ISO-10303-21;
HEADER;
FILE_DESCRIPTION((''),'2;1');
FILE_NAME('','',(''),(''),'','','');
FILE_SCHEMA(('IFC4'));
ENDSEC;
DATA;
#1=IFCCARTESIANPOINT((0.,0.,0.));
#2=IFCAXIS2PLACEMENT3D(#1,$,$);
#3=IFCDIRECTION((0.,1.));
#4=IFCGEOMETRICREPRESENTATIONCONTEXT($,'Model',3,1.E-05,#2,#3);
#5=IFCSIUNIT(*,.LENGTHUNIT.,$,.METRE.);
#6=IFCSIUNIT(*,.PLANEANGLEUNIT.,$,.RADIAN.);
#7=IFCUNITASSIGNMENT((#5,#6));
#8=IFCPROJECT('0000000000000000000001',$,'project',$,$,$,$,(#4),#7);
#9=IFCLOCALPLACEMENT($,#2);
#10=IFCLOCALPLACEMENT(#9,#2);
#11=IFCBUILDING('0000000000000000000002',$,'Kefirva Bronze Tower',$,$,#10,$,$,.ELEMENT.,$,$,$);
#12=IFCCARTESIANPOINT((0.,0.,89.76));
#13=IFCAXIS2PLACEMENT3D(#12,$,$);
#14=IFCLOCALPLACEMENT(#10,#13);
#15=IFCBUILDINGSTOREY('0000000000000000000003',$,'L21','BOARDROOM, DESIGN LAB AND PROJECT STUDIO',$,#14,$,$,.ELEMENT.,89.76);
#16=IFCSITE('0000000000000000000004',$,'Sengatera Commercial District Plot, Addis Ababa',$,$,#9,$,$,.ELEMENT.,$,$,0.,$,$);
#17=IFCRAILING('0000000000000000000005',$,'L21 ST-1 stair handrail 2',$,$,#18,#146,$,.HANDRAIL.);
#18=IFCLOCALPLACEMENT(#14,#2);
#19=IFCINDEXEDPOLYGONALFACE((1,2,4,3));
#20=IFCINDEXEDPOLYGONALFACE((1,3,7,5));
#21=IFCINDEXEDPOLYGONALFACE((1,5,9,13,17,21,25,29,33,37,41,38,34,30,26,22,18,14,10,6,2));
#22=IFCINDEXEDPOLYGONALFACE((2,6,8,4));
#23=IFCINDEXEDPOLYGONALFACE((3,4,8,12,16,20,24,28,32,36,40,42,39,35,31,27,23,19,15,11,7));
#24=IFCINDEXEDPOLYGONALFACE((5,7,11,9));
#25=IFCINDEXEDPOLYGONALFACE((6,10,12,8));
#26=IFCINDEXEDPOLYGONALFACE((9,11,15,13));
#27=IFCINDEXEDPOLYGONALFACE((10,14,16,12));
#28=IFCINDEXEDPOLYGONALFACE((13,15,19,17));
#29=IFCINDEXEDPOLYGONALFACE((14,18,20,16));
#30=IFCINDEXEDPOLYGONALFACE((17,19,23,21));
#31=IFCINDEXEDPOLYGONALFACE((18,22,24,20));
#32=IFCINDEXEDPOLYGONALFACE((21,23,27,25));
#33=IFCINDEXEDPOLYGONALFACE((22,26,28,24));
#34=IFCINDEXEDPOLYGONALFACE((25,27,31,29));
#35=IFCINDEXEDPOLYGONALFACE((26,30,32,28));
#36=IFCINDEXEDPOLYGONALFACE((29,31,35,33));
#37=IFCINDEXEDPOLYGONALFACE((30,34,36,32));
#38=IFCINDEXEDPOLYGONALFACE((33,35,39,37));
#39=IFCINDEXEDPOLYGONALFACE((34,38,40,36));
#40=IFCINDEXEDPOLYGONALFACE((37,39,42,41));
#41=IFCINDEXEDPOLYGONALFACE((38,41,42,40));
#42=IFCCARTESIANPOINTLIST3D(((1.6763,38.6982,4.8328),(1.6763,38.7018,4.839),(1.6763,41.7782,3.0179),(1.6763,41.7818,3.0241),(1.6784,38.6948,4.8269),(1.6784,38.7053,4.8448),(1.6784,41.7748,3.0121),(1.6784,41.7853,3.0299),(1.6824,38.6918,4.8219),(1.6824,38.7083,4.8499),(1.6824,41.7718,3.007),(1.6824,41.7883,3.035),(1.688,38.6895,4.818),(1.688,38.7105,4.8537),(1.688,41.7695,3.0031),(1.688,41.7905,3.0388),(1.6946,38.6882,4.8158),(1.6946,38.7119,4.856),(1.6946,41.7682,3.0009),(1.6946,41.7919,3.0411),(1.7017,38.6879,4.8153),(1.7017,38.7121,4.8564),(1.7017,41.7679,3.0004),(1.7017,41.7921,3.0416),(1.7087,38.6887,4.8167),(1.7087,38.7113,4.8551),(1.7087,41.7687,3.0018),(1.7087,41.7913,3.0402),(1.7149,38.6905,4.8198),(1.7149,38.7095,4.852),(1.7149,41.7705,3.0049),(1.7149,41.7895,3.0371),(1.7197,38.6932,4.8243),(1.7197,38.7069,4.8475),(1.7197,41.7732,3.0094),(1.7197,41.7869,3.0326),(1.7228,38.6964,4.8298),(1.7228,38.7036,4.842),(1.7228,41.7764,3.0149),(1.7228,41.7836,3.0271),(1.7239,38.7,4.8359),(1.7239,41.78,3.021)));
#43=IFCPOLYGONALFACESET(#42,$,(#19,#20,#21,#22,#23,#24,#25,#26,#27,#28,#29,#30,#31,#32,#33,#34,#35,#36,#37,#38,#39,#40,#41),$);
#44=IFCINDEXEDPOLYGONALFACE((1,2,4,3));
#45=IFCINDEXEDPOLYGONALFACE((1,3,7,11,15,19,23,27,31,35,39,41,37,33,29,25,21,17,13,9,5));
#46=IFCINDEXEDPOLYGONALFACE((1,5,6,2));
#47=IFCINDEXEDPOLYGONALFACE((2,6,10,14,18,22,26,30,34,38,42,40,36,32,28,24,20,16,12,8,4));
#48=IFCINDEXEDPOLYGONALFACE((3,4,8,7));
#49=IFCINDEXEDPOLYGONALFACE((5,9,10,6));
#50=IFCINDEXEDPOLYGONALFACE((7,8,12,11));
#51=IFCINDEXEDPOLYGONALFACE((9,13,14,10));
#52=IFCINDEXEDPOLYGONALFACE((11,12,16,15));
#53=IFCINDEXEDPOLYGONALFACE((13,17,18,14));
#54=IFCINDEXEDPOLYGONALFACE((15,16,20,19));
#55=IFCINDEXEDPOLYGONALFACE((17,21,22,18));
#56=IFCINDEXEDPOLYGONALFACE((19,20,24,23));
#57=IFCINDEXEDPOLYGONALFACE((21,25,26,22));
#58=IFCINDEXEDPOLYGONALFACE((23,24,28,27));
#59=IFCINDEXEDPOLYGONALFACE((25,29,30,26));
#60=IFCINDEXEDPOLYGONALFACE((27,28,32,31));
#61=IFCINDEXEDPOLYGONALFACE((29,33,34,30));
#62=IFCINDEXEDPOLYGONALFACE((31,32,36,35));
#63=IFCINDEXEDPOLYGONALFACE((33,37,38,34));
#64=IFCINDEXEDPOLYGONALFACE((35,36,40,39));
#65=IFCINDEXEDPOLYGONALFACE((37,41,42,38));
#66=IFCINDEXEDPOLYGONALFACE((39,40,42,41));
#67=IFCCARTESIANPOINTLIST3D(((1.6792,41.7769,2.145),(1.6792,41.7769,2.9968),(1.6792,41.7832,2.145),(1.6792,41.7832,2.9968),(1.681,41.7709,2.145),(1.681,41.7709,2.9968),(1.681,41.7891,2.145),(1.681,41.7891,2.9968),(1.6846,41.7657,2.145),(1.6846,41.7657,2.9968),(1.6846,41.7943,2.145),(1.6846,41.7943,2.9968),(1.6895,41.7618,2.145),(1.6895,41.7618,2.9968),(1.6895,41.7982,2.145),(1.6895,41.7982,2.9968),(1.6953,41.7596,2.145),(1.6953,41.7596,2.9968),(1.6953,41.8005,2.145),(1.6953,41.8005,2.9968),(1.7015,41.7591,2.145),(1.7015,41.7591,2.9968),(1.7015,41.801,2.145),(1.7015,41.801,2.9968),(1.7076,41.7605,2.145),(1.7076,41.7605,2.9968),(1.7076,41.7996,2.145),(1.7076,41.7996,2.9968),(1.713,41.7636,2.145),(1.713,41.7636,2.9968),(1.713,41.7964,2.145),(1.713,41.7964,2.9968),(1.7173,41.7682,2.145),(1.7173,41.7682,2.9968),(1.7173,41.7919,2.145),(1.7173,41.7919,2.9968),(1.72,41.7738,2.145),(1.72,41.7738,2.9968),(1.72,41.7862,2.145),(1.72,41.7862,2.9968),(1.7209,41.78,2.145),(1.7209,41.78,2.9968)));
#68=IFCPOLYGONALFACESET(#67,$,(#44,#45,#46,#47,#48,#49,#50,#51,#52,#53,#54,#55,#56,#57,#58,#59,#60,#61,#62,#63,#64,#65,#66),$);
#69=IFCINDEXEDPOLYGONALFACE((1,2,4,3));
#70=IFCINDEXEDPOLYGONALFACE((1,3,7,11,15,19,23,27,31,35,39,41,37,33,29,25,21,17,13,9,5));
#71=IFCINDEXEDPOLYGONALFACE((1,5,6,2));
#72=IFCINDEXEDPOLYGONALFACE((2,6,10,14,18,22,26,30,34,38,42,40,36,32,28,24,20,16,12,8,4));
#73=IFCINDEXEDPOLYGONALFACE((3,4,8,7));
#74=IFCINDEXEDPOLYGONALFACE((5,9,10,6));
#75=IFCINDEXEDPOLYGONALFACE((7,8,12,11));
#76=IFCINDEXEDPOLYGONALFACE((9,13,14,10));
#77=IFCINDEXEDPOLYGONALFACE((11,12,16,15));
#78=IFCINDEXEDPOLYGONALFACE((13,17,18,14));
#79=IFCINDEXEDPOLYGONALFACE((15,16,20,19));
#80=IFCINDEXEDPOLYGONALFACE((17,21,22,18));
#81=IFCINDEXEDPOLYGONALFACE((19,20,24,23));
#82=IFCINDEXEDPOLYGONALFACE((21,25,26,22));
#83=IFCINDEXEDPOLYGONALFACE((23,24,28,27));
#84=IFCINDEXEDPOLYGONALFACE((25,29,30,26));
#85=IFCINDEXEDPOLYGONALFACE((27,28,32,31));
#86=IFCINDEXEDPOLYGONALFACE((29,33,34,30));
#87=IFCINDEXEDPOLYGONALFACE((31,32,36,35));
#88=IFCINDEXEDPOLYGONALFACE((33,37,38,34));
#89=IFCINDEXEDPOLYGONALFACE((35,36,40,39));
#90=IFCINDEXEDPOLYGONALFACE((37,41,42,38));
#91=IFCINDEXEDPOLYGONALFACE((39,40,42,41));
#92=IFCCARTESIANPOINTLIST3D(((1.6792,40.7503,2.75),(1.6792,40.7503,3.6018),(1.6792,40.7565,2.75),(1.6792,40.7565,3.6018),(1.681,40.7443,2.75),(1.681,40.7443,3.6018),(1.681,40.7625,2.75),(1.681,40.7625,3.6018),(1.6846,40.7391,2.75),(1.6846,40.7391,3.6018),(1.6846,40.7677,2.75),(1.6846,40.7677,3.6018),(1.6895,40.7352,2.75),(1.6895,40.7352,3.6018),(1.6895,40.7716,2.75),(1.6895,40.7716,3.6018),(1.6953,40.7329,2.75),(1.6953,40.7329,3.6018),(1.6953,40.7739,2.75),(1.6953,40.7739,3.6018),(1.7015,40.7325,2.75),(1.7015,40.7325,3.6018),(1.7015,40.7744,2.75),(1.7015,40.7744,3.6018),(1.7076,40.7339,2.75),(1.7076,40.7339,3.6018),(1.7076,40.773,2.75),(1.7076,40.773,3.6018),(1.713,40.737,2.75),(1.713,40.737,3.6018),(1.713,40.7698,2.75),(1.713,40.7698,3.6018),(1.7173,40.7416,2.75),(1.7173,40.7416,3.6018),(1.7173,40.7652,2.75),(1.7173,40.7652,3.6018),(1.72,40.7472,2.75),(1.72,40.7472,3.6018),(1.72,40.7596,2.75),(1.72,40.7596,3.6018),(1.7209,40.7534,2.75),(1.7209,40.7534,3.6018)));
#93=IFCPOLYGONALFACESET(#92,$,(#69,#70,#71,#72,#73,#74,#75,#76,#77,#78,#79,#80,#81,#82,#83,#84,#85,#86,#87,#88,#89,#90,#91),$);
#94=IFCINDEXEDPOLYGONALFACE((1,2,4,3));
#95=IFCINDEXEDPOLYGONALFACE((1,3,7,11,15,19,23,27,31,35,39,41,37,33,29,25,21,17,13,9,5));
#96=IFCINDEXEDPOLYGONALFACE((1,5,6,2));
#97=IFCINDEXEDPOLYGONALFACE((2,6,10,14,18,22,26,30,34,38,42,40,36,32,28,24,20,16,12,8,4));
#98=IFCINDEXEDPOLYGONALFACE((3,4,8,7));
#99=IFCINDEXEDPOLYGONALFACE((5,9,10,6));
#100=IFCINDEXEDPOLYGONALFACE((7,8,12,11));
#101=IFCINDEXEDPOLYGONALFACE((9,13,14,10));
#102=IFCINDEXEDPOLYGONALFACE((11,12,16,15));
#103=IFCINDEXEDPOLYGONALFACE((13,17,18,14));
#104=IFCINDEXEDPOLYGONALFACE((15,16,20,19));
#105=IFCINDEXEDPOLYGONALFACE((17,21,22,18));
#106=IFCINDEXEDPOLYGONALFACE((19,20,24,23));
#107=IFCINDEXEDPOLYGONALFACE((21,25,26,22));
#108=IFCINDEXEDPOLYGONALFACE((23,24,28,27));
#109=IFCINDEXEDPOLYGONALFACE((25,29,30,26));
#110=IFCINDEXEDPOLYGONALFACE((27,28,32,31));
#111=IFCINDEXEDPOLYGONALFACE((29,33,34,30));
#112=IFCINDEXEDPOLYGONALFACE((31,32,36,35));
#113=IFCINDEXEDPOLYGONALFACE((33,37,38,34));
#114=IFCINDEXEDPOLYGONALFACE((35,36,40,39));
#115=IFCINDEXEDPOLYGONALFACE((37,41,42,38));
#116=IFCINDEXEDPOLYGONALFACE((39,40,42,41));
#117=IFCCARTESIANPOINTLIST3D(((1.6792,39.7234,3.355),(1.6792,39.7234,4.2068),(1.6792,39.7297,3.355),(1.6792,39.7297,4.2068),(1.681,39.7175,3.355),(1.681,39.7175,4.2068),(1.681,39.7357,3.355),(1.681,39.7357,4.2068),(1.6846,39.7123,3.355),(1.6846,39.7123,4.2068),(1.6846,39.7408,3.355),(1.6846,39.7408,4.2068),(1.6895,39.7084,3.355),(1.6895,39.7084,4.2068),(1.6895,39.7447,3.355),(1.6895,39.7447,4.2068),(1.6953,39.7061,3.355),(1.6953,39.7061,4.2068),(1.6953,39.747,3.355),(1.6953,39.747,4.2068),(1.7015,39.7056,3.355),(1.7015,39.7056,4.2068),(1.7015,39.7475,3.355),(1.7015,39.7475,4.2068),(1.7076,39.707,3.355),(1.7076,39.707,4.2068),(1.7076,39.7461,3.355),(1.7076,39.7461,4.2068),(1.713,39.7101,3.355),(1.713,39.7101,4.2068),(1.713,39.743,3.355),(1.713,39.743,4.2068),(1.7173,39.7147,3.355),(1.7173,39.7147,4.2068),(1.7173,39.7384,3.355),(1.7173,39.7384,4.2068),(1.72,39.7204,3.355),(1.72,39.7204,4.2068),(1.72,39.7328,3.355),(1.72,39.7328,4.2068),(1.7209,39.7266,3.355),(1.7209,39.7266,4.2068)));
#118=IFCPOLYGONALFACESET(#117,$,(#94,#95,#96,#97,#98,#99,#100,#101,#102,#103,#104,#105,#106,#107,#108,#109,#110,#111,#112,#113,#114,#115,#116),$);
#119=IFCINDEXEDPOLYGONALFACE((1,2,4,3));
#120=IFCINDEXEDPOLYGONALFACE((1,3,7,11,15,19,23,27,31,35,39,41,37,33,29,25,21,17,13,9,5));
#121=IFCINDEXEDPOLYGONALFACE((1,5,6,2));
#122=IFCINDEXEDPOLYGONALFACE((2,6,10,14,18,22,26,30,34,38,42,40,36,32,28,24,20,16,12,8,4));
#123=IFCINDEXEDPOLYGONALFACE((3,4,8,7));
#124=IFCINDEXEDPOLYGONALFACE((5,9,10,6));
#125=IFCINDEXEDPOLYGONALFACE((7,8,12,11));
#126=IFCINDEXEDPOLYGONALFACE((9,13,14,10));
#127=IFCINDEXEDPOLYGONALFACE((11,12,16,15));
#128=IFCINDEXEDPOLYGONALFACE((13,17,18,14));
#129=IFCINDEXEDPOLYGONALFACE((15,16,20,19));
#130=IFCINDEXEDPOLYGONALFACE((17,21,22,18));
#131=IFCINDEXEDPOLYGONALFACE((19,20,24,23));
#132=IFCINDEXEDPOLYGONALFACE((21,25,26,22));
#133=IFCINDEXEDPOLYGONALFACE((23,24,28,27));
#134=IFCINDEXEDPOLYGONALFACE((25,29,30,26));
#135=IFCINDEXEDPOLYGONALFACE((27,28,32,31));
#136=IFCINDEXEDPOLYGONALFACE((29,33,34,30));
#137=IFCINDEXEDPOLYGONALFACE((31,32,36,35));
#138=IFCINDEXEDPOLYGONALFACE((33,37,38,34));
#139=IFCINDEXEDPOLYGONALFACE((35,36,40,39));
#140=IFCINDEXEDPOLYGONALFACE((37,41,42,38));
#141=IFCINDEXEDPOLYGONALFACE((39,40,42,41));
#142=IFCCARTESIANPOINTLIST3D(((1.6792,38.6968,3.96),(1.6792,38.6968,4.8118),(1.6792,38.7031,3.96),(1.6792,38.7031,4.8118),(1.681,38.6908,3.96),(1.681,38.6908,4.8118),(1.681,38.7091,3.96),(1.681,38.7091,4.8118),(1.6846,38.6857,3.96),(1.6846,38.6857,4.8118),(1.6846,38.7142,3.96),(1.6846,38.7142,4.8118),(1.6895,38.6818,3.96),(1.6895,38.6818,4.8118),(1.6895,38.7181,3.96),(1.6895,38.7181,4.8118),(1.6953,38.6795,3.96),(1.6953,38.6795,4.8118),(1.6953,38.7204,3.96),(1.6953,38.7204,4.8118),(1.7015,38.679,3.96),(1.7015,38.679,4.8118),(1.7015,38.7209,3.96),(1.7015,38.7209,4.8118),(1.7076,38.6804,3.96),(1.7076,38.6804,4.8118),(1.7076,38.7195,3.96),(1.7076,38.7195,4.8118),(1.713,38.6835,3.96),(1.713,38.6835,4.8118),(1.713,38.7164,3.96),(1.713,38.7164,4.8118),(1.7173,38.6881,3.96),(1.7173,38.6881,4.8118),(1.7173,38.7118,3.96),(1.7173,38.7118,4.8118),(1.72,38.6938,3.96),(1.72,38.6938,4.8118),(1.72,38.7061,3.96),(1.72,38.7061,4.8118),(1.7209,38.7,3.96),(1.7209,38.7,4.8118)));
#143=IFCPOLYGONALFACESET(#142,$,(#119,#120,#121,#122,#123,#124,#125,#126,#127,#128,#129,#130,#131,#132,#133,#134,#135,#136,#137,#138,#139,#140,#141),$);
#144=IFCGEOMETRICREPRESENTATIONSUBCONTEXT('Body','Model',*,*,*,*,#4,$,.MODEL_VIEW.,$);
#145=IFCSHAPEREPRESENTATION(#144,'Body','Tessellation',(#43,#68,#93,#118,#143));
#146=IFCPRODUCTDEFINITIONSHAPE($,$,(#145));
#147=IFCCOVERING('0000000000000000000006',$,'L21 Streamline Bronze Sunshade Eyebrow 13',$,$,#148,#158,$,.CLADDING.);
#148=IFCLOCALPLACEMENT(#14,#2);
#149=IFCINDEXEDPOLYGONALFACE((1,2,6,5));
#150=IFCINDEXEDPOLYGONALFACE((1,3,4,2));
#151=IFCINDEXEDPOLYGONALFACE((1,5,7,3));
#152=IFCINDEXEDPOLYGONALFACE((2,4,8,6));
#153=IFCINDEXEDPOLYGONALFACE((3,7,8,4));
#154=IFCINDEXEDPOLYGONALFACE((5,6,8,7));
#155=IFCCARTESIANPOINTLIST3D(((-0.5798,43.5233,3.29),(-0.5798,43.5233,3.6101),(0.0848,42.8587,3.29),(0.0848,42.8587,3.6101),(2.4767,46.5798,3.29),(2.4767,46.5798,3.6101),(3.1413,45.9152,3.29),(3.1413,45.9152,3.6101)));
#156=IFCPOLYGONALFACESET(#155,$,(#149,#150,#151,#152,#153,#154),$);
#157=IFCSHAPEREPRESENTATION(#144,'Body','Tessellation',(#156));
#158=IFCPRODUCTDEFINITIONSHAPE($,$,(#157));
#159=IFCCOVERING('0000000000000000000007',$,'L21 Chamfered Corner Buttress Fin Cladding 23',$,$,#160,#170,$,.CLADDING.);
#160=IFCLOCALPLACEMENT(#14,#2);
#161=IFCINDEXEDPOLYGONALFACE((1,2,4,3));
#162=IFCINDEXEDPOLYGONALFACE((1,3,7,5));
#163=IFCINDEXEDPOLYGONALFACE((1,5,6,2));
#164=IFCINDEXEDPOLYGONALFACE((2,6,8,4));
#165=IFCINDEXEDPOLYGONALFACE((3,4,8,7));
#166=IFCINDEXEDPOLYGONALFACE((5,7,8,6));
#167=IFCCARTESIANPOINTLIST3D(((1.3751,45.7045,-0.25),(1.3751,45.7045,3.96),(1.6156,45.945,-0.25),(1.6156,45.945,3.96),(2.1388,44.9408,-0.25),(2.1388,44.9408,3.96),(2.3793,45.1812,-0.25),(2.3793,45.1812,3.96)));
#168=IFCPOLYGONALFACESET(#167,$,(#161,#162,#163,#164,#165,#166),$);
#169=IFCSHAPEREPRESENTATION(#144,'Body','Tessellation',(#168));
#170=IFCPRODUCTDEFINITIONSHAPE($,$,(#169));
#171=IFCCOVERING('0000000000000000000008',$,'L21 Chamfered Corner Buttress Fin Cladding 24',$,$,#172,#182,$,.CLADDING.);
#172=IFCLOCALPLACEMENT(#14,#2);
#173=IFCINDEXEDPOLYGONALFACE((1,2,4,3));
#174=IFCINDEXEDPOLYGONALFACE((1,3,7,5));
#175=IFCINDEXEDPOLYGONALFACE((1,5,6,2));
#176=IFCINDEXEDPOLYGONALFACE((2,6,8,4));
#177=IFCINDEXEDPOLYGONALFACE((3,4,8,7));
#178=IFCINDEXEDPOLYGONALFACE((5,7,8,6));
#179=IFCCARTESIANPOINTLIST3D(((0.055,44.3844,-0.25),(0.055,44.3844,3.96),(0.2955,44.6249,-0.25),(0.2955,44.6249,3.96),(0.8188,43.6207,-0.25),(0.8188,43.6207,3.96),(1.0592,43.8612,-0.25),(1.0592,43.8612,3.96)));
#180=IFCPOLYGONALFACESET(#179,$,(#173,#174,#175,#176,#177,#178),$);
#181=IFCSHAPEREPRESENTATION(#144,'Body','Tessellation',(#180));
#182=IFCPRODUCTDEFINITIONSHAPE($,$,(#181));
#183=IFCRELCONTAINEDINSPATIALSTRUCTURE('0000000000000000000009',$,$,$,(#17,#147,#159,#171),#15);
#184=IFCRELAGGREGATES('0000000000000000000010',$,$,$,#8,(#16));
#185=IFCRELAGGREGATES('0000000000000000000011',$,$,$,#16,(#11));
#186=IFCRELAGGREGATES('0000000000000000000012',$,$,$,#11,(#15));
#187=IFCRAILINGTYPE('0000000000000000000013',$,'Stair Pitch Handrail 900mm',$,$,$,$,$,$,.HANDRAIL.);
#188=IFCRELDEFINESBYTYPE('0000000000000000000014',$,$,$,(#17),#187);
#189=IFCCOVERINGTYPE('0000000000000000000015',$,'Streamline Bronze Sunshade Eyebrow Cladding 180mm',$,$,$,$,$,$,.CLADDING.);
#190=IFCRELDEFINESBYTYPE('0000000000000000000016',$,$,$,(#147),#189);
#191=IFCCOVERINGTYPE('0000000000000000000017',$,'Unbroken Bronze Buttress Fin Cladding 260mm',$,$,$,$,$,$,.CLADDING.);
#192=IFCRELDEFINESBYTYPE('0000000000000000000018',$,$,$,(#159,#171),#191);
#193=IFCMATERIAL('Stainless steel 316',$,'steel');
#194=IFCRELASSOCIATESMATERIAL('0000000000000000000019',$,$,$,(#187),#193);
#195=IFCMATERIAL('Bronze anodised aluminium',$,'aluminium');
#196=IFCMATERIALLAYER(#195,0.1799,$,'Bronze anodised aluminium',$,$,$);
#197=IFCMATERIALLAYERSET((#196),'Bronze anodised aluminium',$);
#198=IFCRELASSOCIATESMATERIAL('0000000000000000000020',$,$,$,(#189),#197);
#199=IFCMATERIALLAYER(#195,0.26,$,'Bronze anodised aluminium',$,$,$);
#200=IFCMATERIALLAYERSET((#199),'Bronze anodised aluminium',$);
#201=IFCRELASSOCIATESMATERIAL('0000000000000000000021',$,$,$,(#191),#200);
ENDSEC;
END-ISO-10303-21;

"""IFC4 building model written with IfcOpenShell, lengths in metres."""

from ifc_helpers import new_model, si_unit, direction, frame, origin, origin_2d, place, context, subcontext, project, spatial, rectangle, circle, extrude, material, layer, layer_set, type_object, element, save


model = new_model("IFC4")

# Units and contexts
model_context = context("Model", 3, precision=1e-05, world=origin(), true_north=direction((0.0, 1.0)))
body_context = subcontext(model_context, "Body", "Model", "MODEL_VIEW")
ifc_project = project(units=[si_unit("LENGTHUNIT", "METRE"), si_unit("PLANEANGLEUNIT", "RADIAN")], contexts=[model_context])

# Site, building, storey
site_placement = place(None, origin())
site = spatial("IfcSite", under=ifc_project, at=site_placement, Name="Sengatera Commercial District Plot, Addis Ababa", CompositionType="ELEMENT", RefElevation=0.0)
building_placement = place(site_placement, origin())
building = spatial("IfcBuilding", under=site, at=building_placement, Name="Kefirva Bronze Tower", CompositionType="ELEMENT")
storey_placement = place(building_placement, frame((0.0, 0.0, 89.76)))
storey = spatial("IfcBuildingStorey", under=building, at=storey_placement, Name="L21", Description="BOARDROOM, DESIGN LAB AND PROJECT STUDIO", CompositionType="ELEMENT", Elevation=89.76)

# Shared definitions
ifc_material_1 = material(Name="Bronze anodised aluminium", Category="aluminium")

# Railing
ifc_material_2 = material(Name="Stainless steel 316", Category="steel")
railing_type_1 = type_object("IfcRailingType", Name="Stair Pitch Handrail 900mm", PredefinedType="HANDRAIL", material=ifc_material_2)
railing_1_placement = place(storey_placement, frame((1.7, 41.78, 2.145)))
element("IfcRailing", 1, at=railing_1_placement, inside=storey, type_object=railing_type_1, Name="L21 ST-1 stair handrail 2", PredefinedType="HANDRAIL", context=body_context, shape_type="SweptSolid", body=[
    extrude(circle(Radius=0.0239, at=origin_2d()), frame((0.0, 0.0, 0.876), z_axis=(0.0, -0.861551, 0.507671), x_axis=(1.0, 0.0, 0.0)), (0.0, 0.0, 1.0), 3.575),
    extrude(circle(Radius=0.021, at=origin_2d()), origin(), (0.0, 0.0, 1.0), 0.8518),
    extrude(circle(Radius=0.021, at=origin_2d()), frame((0.0, -1.0266, 0.605)), (0.0, 0.0, 1.0), 0.8518),
    extrude(circle(Radius=0.021, at=origin_2d()), frame((0.0, -2.0535, 1.21)), (0.0, 0.0, 1.0), 0.8518),
    extrude(circle(Radius=0.021, at=origin_2d()), frame((0.0, -3.0801, 1.8149)), (0.0, 0.0, 1.0), 0.8518),
])

# Coverings
ifc_layer_1 = layer(ifc_material_1, 0.1799, Name="Bronze anodised aluminium")
ifc_layer_set_1 = layer_set([ifc_layer_1], Name="Bronze anodised aluminium")
covering_type_1 = type_object("IfcCoveringType", Name="Streamline Bronze Sunshade Eyebrow Cladding 180mm", PredefinedType="CLADDING", material=ifc_layer_set_1)
covering_1_placement = place(storey_placement, frame((1.2808, 44.7192, 3.29), z_axis=(0.0, 0.0, 1.0), x_axis=(-0.707107, -0.707107, 0.0)))
element("IfcCovering", 2, at=covering_1_placement, inside=storey, type_object=covering_type_1, Name="L21 Streamline Bronze Sunshade Eyebrow 13", PredefinedType="CLADDING", context=body_context, shape_type="SweptSolid", body=[
    extrude(rectangle(XDim=4.3225, YDim=0.9399, at=origin_2d()), origin(), (0.0, 0.0, 1.0), 0.3201),
])
ifc_layer_2 = layer(ifc_material_1, 0.26, Name="Bronze anodised aluminium")
ifc_layer_set_2 = layer_set([ifc_layer_2], Name="Bronze anodised aluminium")
covering_type_2 = type_object("IfcCoveringType", Name="Unbroken Bronze Buttress Fin Cladding 260mm", PredefinedType="CLADDING", material=ifc_layer_set_2)
for number, where, z_axis, x_axis, name in (
    (3, (1.8772, 45.4429, -0.25), (0.0, 0.0, 1.0), (-0.707107, -0.707107, 0.0), "L21 Chamfered Corner Buttress Fin Cladding 23"),
    (4, (0.5571, 44.1228, -0.25), (0.0, 0.0, 1.0), (-0.707107, -0.707107, 0.0), "L21 Chamfered Corner Buttress Fin Cladding 24"),
):
    element("IfcCovering", number, at=place(storey_placement, frame(where, z_axis=z_axis, x_axis=x_axis)), inside=storey, type_object=covering_type_2, Name=name, PredefinedType="CLADDING", context=body_context, shape_type="SweptSolid", body=[
        extrude(rectangle(XDim=0.3401, YDim=1.0801, at=origin_2d()), origin(), (0.0, 0.0, 1.0), 4.21),
    ])

save(model, "model.ifc")
